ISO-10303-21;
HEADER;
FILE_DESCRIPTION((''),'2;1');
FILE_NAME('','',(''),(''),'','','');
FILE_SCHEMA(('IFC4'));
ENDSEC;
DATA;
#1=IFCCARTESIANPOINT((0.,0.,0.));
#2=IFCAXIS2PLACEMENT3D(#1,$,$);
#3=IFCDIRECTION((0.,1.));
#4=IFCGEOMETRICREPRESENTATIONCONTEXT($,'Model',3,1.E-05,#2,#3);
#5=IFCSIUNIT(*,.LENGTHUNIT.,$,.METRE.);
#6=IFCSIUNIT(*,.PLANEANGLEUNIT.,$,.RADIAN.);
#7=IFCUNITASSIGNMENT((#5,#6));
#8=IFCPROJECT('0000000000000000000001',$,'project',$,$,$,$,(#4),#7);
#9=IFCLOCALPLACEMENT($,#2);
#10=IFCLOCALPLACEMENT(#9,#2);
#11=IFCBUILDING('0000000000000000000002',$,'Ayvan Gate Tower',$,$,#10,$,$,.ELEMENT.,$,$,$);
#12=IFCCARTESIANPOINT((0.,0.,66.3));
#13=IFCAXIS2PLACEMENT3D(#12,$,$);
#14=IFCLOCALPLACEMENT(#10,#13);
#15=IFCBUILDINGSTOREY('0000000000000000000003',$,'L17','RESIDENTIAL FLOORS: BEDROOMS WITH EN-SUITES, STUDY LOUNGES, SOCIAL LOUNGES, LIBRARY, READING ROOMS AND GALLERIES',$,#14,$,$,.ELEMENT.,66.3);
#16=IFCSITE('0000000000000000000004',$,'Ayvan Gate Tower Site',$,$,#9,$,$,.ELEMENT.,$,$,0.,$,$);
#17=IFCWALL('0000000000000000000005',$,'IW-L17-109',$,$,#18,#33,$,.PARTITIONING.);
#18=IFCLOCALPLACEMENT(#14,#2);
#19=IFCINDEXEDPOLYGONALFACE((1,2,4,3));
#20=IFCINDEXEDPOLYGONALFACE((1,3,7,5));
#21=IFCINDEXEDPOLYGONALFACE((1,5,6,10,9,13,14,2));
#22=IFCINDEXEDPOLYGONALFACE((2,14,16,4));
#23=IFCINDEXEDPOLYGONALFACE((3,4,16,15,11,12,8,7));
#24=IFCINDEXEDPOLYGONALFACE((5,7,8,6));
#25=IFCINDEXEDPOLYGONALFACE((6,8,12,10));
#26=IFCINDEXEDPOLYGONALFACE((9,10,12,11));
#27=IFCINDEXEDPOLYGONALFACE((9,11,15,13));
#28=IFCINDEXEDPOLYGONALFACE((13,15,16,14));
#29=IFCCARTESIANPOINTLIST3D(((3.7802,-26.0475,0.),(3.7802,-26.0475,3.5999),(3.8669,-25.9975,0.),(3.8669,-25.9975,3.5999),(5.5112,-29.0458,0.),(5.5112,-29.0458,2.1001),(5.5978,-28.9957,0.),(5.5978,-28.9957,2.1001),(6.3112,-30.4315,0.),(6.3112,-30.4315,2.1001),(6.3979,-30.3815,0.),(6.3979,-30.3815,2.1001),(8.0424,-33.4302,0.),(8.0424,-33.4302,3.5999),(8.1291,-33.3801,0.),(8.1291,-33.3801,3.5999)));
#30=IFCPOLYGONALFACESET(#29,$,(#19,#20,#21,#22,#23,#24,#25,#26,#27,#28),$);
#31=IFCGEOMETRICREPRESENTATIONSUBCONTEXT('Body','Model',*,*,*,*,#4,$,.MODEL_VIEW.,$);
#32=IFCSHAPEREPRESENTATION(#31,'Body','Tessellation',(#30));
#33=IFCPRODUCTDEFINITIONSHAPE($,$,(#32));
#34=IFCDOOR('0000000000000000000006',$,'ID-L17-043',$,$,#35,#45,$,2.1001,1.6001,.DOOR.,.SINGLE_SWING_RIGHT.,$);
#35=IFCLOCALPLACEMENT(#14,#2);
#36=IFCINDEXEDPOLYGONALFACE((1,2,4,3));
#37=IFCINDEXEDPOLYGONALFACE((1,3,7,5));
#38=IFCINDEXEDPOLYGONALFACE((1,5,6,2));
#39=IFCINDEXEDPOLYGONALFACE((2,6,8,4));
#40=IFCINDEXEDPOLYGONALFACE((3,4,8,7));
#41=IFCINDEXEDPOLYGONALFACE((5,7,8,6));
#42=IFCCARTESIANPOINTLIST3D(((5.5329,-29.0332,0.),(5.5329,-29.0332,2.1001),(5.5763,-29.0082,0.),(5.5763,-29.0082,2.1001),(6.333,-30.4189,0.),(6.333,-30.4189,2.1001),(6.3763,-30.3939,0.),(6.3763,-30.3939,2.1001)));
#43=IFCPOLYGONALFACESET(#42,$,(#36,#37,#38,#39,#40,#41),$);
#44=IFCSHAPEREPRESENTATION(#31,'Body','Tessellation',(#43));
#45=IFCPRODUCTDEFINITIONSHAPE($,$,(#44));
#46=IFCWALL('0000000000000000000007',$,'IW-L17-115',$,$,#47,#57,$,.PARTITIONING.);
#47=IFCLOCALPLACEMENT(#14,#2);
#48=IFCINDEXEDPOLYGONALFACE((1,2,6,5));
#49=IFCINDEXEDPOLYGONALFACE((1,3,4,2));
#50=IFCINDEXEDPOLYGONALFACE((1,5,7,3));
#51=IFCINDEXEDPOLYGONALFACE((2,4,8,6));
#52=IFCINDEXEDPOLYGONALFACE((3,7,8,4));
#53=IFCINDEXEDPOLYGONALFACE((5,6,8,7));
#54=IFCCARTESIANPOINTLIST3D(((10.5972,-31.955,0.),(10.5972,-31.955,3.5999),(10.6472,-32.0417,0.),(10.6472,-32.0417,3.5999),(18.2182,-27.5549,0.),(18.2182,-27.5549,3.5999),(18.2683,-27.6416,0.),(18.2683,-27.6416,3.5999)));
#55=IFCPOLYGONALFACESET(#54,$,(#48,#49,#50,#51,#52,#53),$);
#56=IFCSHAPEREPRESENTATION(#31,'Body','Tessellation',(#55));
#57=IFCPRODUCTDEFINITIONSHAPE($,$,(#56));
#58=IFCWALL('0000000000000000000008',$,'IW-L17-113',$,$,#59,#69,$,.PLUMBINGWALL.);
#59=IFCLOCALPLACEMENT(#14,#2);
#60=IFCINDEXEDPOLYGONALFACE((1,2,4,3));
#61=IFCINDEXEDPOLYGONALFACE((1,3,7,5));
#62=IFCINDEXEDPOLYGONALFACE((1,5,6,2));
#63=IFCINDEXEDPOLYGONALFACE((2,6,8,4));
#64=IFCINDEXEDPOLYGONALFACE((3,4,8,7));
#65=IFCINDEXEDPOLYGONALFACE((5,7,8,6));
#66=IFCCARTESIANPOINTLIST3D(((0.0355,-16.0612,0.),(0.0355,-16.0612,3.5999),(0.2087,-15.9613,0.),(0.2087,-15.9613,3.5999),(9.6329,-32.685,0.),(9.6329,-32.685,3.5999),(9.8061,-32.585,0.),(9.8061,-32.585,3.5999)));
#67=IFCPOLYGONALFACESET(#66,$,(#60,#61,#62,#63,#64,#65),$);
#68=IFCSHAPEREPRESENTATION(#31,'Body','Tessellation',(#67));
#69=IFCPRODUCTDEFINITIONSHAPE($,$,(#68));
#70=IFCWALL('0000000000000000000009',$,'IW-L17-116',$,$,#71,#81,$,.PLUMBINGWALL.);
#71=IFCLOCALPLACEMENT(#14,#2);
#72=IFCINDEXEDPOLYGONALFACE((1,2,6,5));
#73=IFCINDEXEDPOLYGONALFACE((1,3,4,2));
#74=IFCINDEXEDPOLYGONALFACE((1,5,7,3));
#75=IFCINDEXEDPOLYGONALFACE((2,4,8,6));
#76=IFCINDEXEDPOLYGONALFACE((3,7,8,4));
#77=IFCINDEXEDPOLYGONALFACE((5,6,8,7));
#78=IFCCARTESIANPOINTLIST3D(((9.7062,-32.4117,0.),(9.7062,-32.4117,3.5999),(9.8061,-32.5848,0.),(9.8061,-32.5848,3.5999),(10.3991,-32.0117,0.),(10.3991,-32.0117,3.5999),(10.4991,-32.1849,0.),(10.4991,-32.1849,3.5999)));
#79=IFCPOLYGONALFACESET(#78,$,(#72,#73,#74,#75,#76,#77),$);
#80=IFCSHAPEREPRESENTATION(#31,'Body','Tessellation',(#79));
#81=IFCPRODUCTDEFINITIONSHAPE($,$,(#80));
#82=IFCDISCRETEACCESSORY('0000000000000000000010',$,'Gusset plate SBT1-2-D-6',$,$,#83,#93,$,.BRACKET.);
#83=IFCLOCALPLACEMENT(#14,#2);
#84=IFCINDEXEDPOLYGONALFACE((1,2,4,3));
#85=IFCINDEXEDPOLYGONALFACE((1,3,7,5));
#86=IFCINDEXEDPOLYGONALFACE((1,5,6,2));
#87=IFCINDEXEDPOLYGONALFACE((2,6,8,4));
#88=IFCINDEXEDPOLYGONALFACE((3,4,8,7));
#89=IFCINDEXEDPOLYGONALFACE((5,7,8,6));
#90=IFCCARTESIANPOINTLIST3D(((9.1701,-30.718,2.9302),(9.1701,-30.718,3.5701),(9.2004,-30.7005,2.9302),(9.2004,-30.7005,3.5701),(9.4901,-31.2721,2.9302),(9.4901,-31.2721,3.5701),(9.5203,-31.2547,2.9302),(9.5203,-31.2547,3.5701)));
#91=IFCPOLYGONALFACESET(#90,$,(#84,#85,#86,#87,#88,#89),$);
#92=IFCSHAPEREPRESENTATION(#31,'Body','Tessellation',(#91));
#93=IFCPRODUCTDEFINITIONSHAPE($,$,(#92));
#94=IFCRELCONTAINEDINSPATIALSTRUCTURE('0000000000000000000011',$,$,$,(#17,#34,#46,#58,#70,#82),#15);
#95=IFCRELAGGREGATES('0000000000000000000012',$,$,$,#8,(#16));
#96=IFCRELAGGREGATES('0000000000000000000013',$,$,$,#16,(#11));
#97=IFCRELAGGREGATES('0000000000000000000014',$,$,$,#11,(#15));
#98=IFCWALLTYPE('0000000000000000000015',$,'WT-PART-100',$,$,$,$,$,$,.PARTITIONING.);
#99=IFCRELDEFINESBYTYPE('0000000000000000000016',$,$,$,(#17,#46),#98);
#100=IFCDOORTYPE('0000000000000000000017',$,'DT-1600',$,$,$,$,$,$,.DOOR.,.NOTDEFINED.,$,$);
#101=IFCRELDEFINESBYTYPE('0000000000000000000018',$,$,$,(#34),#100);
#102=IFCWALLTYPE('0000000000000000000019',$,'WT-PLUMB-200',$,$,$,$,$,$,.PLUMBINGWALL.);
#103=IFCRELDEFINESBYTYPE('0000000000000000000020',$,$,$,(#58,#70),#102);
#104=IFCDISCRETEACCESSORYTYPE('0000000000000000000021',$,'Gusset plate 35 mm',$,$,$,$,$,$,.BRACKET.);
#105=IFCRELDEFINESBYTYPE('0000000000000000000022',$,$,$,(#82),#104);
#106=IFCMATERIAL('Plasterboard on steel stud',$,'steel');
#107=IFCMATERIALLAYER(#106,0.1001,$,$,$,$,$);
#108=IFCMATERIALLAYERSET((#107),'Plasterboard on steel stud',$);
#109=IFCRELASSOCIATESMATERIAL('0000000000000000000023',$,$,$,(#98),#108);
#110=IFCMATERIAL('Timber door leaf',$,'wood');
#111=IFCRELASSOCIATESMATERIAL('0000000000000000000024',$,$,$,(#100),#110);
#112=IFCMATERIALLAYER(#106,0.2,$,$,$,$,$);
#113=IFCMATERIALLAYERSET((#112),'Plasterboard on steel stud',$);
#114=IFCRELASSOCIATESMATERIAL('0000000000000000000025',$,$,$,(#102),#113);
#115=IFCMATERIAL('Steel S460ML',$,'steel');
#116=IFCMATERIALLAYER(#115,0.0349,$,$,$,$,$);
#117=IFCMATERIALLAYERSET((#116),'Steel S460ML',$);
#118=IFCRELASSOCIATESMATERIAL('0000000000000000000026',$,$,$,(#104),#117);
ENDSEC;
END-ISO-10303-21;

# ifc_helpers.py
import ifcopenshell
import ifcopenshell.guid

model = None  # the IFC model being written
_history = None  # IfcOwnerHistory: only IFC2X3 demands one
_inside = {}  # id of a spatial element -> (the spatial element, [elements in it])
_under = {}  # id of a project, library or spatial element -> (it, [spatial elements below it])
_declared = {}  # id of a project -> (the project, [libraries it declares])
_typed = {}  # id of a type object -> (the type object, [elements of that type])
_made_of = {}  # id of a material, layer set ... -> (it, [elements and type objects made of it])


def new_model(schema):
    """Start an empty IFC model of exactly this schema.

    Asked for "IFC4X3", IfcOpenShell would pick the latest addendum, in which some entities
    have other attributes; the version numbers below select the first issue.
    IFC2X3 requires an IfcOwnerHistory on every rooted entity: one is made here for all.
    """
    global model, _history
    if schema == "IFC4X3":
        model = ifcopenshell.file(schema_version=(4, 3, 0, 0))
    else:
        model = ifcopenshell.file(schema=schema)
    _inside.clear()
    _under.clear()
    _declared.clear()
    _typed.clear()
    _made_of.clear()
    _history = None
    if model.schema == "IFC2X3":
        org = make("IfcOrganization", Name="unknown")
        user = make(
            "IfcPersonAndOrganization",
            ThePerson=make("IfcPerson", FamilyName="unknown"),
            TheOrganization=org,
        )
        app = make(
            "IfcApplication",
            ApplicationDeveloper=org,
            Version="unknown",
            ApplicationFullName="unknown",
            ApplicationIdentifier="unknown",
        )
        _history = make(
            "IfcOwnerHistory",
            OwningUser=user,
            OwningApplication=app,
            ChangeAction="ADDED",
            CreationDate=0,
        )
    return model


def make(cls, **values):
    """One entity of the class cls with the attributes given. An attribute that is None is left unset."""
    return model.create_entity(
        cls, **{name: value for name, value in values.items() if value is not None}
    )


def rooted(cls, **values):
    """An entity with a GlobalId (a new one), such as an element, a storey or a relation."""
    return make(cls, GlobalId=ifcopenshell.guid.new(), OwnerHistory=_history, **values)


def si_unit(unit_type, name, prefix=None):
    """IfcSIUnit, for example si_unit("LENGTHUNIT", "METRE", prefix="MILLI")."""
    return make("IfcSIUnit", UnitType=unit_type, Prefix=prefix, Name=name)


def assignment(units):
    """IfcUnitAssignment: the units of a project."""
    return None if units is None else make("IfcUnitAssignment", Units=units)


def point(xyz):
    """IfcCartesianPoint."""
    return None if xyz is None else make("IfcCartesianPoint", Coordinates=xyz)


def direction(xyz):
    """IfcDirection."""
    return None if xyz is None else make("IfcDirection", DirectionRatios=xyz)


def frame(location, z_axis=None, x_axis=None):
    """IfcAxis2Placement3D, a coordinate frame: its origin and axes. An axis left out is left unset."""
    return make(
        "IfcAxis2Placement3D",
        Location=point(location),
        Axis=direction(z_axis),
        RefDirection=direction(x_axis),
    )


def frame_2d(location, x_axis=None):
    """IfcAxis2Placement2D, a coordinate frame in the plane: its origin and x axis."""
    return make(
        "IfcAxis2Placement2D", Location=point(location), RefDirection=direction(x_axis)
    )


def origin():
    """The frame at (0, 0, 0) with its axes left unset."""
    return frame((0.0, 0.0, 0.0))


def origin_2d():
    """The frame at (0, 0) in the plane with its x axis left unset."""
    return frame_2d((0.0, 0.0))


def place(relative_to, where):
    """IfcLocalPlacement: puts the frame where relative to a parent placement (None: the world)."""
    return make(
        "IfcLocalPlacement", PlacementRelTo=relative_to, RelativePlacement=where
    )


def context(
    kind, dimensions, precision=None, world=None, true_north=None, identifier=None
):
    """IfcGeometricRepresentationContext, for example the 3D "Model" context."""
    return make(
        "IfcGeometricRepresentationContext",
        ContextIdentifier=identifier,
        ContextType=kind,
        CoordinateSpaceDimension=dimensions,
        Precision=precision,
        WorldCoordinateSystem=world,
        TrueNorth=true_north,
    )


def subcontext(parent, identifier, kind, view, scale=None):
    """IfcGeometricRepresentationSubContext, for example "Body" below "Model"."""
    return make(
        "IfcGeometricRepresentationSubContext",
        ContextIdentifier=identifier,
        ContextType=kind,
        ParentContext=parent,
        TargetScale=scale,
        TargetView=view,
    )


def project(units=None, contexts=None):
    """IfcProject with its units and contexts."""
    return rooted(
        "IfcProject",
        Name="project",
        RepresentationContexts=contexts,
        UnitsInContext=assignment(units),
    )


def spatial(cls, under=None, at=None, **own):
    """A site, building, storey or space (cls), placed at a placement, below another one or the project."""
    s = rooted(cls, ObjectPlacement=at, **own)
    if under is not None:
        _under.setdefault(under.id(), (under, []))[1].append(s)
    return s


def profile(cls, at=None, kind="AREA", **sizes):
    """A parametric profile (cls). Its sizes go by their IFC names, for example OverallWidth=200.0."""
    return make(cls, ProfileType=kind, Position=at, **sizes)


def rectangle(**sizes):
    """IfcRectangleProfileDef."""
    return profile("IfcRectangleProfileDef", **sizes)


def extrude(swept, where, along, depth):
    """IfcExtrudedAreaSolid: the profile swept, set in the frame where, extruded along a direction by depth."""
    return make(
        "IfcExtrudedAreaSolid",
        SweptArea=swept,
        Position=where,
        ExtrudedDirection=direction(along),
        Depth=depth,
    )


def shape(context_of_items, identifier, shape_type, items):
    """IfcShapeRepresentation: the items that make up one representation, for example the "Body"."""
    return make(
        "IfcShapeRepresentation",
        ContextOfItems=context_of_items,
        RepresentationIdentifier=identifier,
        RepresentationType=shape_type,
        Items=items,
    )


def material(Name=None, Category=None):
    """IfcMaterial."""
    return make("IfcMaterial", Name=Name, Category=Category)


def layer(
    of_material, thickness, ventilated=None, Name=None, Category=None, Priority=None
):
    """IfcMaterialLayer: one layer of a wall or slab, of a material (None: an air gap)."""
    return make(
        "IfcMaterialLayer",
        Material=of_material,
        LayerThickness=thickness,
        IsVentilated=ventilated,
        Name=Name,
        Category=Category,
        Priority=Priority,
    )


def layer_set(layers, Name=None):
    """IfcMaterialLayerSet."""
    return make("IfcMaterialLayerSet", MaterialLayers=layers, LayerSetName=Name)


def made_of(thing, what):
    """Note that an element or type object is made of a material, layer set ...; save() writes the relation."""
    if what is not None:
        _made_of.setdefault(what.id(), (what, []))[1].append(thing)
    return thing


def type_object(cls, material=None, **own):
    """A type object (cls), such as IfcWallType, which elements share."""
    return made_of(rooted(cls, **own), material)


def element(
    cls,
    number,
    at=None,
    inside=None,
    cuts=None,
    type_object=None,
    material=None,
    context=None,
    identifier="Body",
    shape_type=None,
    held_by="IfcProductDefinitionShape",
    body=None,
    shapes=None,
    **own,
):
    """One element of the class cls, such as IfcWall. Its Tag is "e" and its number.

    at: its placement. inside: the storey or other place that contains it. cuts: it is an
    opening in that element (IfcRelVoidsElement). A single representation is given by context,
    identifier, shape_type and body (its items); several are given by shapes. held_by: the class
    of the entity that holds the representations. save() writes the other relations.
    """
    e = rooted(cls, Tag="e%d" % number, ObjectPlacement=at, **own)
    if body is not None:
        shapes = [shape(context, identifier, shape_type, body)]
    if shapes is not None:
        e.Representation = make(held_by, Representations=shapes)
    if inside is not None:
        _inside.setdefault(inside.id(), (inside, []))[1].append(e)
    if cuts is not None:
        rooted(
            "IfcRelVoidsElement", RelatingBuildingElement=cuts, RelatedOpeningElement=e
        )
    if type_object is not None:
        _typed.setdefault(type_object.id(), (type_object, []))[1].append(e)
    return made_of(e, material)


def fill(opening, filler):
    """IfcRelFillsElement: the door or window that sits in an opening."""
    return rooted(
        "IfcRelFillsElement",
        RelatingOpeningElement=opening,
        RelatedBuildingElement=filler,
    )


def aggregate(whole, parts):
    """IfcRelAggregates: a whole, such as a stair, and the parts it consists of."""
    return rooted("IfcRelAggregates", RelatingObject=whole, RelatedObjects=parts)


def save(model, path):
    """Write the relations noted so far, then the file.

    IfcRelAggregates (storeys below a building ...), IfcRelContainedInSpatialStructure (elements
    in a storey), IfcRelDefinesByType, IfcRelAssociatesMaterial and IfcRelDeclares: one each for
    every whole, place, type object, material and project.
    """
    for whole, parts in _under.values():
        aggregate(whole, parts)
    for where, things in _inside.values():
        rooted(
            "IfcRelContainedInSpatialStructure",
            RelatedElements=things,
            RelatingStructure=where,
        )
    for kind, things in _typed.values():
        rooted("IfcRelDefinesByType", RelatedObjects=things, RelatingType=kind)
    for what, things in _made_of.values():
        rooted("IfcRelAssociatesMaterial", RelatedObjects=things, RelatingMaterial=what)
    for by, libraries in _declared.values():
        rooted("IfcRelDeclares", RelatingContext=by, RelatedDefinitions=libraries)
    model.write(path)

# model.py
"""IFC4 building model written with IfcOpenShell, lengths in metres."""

from ifc_helpers import new_model, si_unit, direction, frame, frame_2d, origin, origin_2d, place, context, subcontext, project, spatial, rectangle, extrude, material, layer, layer_set, type_object, element, fill, save


model = new_model("IFC4")

# Units and contexts
model_context = context("Model", 3, precision=1e-05, world=origin(), true_north=direction((0.0, 1.0)))
body_context = subcontext(model_context, "Body", "Model", "MODEL_VIEW")
ifc_project = project(units=[si_unit("LENGTHUNIT", "METRE"), si_unit("PLANEANGLEUNIT", "RADIAN")], contexts=[model_context])

# Site, building, storey
site_placement = place(None, origin())
site = spatial("IfcSite", under=ifc_project, at=site_placement, Name="Ayvan Gate Tower Site", CompositionType="ELEMENT", RefElevation=0.0)
building_placement = place(site_placement, origin())
building = spatial("IfcBuilding", under=site, at=building_placement, Name="Ayvan Gate Tower", CompositionType="ELEMENT")
storey_placement = place(building_placement, frame((0.0, 0.0, 66.3)))
storey = spatial("IfcBuildingStorey", under=building, at=storey_placement, Name="L17", Description="RESIDENTIAL FLOORS: BEDROOMS WITH EN-SUITES, STUDY LOUNGES, SOCIAL LOUNGES, LIBRARY, READING ROOMS AND GALLERIES", CompositionType="ELEMENT", Elevation=66.3)

# Shared definitions
ifc_material_1 = material(Name="Steel S460ML", Category="steel")

# Wall, opening, door
ifc_material_2 = material(Name="Plasterboard on steel stud", Category="steel")
ifc_layer_1 = layer(ifc_material_2, 0.1001)
ifc_layer_set_1 = layer_set([ifc_layer_1], Name="Plasterboard on steel stud")
wall_type_1 = type_object("IfcWallType", Name="WT-PART-100", PredefinedType="PARTITIONING", material=ifc_layer_set_1)
ifc_material_3 = material(Name="Timber door leaf", Category="wood")
wall_1_placement = place(storey_placement, frame((8.0857, -33.405, 0.0), z_axis=(0.0, 0.0, 1.0), x_axis=(-0.499989, 0.866032, 0.0)))
wall_1 = element("IfcWall", 1, at=wall_1_placement, inside=storey, type_object=wall_type_1, Name="IW-L17-109", PredefinedType="PARTITIONING", context=body_context, shape_type="SweptSolid", body=[
    extrude(rectangle(XDim=8.5247, YDim=0.1001, at=frame_2d((4.2622, 0.0))), origin(), (0.0, 0.0, 1.0), 3.5999),
])
opening_1_placement = place(wall_1_placement, frame((3.4624, 0.0, 0.0)))
opening_1 = element("IfcOpeningElement", 2, at=opening_1_placement, cuts=wall_1, PredefinedType="OPENING", context=body_context, shape_type="SweptSolid", body=[
    extrude(rectangle(XDim=1.6001, YDim=2.1001, at=frame_2d((0.8, 1.05))), frame((0.0, 0.0601, 0.0), z_axis=(0.0, -1.0, 0.0), x_axis=(1.0, 0.0, 0.0)), (0.0, 0.0, 1.0), 0.1201),
])
door_type_1 = type_object("IfcDoorType", Name="DT-1600", OperationType="NOTDEFINED", PredefinedType="DOOR", material=ifc_material_3)
door_1_placement = place(opening_1_placement, origin())
door_1 = element("IfcDoor", 3, at=door_1_placement, inside=storey, type_object=door_type_1, Name="ID-L17-043", OperationType="SINGLE_SWING_RIGHT", OverallHeight=2.1001, OverallWidth=1.6001, PredefinedType="DOOR", context=body_context, shape_type="SweptSolid", body=[
    extrude(rectangle(XDim=1.6001, YDim=2.1001, at=frame_2d((0.8, 1.05))), frame((0.0, 0.0249, 0.0), z_axis=(0.0, -1.0, 0.0), x_axis=(1.0, 0.0, 0.0)), (0.0, 0.0, 1.0), 0.05),
])
fill(opening_1, door_1)

# Walls
wall_2_placement = place(storey_placement, frame((10.6223, -31.9983, 0.0), z_axis=(0.0, 0.0, 1.0), x_axis=(0.86602, 0.500009, 0.0)))
element("IfcWall", 4, at=wall_2_placement, inside=storey, type_object=wall_type_1, Name="IW-L17-115", PredefinedType="PARTITIONING", context=body_context, shape_type="SweptSolid", body=[
    extrude(rectangle(XDim=8.8, YDim=0.1001, at=frame_2d((4.3999, 0.0))), origin(), (0.0, 0.0, 1.0), 3.5999),
])
ifc_layer_2 = layer(ifc_material_2, 0.2)
ifc_layer_set_2 = layer_set([ifc_layer_2], Name="Plasterboard on steel stud")
wall_type_2 = type_object("IfcWallType", Name="WT-PLUMB-200", PredefinedType="PLUMBINGWALL", material=ifc_layer_set_2)
wall_3_placement = place(storey_placement, frame((9.7195, -32.635, 0.0), z_axis=(0.0, 0.0, 1.0), x_axis=(-0.499987, 0.866033, 0.0)))
element("IfcWall", 5, at=wall_3_placement, inside=storey, type_object=wall_type_2, Name="IW-L17-113", PredefinedType="PLUMBINGWALL", context=body_context, shape_type="SweptSolid", body=[
    extrude(rectangle(XDim=19.1953, YDim=0.2, at=frame_2d((9.5977, 0.0))), origin(), (0.0, 0.0, 1.0), 3.5999),
])
wall_4_placement = place(storey_placement, frame((10.449, -32.0984, 0.0), z_axis=(0.0, 0.0, 1.0), x_axis=(-0.866094, -0.499881, 0.0)))
element("IfcWall", 6, at=wall_4_placement, inside=storey, type_object=wall_type_2, Name="IW-L17-116", PredefinedType="PLUMBINGWALL", context=body_context, shape_type="SweptSolid", body=[
    extrude(rectangle(XDim=0.8, YDim=0.2, at=frame_2d((0.3999, 0.0))), origin(), (0.0, 0.0, 1.0), 3.5999),
])

# Discrete accessory
ifc_layer_3 = layer(ifc_material_1, 0.0349)
ifc_layer_set_3 = layer_set([ifc_layer_3], Name="Steel S460ML")
discrete_accessory_type = type_object("IfcDiscreteAccessoryType", Name="Gusset plate 35 mm", PredefinedType="BRACKET", material=ifc_layer_set_3)
discrete_accessory_placement = place(storey_placement, frame((9.3452, -30.9863, 2.9302), z_axis=(0.0, 0.0, 1.0), x_axis=(-0.5, 0.866025, 0.0)))
element("IfcDiscreteAccessory", 7, at=discrete_accessory_placement, inside=storey, type_object=discrete_accessory_type, Name="Gusset plate SBT1-2-D-6", PredefinedType="BRACKET", context=body_context, shape_type="SweptSolid", body=[
    extrude(rectangle(XDim=0.6399, YDim=0.0349, at=origin_2d()), origin(), (0.0, 0.0, 1.0), 0.6399),
])

save(model, "model.ifc")
